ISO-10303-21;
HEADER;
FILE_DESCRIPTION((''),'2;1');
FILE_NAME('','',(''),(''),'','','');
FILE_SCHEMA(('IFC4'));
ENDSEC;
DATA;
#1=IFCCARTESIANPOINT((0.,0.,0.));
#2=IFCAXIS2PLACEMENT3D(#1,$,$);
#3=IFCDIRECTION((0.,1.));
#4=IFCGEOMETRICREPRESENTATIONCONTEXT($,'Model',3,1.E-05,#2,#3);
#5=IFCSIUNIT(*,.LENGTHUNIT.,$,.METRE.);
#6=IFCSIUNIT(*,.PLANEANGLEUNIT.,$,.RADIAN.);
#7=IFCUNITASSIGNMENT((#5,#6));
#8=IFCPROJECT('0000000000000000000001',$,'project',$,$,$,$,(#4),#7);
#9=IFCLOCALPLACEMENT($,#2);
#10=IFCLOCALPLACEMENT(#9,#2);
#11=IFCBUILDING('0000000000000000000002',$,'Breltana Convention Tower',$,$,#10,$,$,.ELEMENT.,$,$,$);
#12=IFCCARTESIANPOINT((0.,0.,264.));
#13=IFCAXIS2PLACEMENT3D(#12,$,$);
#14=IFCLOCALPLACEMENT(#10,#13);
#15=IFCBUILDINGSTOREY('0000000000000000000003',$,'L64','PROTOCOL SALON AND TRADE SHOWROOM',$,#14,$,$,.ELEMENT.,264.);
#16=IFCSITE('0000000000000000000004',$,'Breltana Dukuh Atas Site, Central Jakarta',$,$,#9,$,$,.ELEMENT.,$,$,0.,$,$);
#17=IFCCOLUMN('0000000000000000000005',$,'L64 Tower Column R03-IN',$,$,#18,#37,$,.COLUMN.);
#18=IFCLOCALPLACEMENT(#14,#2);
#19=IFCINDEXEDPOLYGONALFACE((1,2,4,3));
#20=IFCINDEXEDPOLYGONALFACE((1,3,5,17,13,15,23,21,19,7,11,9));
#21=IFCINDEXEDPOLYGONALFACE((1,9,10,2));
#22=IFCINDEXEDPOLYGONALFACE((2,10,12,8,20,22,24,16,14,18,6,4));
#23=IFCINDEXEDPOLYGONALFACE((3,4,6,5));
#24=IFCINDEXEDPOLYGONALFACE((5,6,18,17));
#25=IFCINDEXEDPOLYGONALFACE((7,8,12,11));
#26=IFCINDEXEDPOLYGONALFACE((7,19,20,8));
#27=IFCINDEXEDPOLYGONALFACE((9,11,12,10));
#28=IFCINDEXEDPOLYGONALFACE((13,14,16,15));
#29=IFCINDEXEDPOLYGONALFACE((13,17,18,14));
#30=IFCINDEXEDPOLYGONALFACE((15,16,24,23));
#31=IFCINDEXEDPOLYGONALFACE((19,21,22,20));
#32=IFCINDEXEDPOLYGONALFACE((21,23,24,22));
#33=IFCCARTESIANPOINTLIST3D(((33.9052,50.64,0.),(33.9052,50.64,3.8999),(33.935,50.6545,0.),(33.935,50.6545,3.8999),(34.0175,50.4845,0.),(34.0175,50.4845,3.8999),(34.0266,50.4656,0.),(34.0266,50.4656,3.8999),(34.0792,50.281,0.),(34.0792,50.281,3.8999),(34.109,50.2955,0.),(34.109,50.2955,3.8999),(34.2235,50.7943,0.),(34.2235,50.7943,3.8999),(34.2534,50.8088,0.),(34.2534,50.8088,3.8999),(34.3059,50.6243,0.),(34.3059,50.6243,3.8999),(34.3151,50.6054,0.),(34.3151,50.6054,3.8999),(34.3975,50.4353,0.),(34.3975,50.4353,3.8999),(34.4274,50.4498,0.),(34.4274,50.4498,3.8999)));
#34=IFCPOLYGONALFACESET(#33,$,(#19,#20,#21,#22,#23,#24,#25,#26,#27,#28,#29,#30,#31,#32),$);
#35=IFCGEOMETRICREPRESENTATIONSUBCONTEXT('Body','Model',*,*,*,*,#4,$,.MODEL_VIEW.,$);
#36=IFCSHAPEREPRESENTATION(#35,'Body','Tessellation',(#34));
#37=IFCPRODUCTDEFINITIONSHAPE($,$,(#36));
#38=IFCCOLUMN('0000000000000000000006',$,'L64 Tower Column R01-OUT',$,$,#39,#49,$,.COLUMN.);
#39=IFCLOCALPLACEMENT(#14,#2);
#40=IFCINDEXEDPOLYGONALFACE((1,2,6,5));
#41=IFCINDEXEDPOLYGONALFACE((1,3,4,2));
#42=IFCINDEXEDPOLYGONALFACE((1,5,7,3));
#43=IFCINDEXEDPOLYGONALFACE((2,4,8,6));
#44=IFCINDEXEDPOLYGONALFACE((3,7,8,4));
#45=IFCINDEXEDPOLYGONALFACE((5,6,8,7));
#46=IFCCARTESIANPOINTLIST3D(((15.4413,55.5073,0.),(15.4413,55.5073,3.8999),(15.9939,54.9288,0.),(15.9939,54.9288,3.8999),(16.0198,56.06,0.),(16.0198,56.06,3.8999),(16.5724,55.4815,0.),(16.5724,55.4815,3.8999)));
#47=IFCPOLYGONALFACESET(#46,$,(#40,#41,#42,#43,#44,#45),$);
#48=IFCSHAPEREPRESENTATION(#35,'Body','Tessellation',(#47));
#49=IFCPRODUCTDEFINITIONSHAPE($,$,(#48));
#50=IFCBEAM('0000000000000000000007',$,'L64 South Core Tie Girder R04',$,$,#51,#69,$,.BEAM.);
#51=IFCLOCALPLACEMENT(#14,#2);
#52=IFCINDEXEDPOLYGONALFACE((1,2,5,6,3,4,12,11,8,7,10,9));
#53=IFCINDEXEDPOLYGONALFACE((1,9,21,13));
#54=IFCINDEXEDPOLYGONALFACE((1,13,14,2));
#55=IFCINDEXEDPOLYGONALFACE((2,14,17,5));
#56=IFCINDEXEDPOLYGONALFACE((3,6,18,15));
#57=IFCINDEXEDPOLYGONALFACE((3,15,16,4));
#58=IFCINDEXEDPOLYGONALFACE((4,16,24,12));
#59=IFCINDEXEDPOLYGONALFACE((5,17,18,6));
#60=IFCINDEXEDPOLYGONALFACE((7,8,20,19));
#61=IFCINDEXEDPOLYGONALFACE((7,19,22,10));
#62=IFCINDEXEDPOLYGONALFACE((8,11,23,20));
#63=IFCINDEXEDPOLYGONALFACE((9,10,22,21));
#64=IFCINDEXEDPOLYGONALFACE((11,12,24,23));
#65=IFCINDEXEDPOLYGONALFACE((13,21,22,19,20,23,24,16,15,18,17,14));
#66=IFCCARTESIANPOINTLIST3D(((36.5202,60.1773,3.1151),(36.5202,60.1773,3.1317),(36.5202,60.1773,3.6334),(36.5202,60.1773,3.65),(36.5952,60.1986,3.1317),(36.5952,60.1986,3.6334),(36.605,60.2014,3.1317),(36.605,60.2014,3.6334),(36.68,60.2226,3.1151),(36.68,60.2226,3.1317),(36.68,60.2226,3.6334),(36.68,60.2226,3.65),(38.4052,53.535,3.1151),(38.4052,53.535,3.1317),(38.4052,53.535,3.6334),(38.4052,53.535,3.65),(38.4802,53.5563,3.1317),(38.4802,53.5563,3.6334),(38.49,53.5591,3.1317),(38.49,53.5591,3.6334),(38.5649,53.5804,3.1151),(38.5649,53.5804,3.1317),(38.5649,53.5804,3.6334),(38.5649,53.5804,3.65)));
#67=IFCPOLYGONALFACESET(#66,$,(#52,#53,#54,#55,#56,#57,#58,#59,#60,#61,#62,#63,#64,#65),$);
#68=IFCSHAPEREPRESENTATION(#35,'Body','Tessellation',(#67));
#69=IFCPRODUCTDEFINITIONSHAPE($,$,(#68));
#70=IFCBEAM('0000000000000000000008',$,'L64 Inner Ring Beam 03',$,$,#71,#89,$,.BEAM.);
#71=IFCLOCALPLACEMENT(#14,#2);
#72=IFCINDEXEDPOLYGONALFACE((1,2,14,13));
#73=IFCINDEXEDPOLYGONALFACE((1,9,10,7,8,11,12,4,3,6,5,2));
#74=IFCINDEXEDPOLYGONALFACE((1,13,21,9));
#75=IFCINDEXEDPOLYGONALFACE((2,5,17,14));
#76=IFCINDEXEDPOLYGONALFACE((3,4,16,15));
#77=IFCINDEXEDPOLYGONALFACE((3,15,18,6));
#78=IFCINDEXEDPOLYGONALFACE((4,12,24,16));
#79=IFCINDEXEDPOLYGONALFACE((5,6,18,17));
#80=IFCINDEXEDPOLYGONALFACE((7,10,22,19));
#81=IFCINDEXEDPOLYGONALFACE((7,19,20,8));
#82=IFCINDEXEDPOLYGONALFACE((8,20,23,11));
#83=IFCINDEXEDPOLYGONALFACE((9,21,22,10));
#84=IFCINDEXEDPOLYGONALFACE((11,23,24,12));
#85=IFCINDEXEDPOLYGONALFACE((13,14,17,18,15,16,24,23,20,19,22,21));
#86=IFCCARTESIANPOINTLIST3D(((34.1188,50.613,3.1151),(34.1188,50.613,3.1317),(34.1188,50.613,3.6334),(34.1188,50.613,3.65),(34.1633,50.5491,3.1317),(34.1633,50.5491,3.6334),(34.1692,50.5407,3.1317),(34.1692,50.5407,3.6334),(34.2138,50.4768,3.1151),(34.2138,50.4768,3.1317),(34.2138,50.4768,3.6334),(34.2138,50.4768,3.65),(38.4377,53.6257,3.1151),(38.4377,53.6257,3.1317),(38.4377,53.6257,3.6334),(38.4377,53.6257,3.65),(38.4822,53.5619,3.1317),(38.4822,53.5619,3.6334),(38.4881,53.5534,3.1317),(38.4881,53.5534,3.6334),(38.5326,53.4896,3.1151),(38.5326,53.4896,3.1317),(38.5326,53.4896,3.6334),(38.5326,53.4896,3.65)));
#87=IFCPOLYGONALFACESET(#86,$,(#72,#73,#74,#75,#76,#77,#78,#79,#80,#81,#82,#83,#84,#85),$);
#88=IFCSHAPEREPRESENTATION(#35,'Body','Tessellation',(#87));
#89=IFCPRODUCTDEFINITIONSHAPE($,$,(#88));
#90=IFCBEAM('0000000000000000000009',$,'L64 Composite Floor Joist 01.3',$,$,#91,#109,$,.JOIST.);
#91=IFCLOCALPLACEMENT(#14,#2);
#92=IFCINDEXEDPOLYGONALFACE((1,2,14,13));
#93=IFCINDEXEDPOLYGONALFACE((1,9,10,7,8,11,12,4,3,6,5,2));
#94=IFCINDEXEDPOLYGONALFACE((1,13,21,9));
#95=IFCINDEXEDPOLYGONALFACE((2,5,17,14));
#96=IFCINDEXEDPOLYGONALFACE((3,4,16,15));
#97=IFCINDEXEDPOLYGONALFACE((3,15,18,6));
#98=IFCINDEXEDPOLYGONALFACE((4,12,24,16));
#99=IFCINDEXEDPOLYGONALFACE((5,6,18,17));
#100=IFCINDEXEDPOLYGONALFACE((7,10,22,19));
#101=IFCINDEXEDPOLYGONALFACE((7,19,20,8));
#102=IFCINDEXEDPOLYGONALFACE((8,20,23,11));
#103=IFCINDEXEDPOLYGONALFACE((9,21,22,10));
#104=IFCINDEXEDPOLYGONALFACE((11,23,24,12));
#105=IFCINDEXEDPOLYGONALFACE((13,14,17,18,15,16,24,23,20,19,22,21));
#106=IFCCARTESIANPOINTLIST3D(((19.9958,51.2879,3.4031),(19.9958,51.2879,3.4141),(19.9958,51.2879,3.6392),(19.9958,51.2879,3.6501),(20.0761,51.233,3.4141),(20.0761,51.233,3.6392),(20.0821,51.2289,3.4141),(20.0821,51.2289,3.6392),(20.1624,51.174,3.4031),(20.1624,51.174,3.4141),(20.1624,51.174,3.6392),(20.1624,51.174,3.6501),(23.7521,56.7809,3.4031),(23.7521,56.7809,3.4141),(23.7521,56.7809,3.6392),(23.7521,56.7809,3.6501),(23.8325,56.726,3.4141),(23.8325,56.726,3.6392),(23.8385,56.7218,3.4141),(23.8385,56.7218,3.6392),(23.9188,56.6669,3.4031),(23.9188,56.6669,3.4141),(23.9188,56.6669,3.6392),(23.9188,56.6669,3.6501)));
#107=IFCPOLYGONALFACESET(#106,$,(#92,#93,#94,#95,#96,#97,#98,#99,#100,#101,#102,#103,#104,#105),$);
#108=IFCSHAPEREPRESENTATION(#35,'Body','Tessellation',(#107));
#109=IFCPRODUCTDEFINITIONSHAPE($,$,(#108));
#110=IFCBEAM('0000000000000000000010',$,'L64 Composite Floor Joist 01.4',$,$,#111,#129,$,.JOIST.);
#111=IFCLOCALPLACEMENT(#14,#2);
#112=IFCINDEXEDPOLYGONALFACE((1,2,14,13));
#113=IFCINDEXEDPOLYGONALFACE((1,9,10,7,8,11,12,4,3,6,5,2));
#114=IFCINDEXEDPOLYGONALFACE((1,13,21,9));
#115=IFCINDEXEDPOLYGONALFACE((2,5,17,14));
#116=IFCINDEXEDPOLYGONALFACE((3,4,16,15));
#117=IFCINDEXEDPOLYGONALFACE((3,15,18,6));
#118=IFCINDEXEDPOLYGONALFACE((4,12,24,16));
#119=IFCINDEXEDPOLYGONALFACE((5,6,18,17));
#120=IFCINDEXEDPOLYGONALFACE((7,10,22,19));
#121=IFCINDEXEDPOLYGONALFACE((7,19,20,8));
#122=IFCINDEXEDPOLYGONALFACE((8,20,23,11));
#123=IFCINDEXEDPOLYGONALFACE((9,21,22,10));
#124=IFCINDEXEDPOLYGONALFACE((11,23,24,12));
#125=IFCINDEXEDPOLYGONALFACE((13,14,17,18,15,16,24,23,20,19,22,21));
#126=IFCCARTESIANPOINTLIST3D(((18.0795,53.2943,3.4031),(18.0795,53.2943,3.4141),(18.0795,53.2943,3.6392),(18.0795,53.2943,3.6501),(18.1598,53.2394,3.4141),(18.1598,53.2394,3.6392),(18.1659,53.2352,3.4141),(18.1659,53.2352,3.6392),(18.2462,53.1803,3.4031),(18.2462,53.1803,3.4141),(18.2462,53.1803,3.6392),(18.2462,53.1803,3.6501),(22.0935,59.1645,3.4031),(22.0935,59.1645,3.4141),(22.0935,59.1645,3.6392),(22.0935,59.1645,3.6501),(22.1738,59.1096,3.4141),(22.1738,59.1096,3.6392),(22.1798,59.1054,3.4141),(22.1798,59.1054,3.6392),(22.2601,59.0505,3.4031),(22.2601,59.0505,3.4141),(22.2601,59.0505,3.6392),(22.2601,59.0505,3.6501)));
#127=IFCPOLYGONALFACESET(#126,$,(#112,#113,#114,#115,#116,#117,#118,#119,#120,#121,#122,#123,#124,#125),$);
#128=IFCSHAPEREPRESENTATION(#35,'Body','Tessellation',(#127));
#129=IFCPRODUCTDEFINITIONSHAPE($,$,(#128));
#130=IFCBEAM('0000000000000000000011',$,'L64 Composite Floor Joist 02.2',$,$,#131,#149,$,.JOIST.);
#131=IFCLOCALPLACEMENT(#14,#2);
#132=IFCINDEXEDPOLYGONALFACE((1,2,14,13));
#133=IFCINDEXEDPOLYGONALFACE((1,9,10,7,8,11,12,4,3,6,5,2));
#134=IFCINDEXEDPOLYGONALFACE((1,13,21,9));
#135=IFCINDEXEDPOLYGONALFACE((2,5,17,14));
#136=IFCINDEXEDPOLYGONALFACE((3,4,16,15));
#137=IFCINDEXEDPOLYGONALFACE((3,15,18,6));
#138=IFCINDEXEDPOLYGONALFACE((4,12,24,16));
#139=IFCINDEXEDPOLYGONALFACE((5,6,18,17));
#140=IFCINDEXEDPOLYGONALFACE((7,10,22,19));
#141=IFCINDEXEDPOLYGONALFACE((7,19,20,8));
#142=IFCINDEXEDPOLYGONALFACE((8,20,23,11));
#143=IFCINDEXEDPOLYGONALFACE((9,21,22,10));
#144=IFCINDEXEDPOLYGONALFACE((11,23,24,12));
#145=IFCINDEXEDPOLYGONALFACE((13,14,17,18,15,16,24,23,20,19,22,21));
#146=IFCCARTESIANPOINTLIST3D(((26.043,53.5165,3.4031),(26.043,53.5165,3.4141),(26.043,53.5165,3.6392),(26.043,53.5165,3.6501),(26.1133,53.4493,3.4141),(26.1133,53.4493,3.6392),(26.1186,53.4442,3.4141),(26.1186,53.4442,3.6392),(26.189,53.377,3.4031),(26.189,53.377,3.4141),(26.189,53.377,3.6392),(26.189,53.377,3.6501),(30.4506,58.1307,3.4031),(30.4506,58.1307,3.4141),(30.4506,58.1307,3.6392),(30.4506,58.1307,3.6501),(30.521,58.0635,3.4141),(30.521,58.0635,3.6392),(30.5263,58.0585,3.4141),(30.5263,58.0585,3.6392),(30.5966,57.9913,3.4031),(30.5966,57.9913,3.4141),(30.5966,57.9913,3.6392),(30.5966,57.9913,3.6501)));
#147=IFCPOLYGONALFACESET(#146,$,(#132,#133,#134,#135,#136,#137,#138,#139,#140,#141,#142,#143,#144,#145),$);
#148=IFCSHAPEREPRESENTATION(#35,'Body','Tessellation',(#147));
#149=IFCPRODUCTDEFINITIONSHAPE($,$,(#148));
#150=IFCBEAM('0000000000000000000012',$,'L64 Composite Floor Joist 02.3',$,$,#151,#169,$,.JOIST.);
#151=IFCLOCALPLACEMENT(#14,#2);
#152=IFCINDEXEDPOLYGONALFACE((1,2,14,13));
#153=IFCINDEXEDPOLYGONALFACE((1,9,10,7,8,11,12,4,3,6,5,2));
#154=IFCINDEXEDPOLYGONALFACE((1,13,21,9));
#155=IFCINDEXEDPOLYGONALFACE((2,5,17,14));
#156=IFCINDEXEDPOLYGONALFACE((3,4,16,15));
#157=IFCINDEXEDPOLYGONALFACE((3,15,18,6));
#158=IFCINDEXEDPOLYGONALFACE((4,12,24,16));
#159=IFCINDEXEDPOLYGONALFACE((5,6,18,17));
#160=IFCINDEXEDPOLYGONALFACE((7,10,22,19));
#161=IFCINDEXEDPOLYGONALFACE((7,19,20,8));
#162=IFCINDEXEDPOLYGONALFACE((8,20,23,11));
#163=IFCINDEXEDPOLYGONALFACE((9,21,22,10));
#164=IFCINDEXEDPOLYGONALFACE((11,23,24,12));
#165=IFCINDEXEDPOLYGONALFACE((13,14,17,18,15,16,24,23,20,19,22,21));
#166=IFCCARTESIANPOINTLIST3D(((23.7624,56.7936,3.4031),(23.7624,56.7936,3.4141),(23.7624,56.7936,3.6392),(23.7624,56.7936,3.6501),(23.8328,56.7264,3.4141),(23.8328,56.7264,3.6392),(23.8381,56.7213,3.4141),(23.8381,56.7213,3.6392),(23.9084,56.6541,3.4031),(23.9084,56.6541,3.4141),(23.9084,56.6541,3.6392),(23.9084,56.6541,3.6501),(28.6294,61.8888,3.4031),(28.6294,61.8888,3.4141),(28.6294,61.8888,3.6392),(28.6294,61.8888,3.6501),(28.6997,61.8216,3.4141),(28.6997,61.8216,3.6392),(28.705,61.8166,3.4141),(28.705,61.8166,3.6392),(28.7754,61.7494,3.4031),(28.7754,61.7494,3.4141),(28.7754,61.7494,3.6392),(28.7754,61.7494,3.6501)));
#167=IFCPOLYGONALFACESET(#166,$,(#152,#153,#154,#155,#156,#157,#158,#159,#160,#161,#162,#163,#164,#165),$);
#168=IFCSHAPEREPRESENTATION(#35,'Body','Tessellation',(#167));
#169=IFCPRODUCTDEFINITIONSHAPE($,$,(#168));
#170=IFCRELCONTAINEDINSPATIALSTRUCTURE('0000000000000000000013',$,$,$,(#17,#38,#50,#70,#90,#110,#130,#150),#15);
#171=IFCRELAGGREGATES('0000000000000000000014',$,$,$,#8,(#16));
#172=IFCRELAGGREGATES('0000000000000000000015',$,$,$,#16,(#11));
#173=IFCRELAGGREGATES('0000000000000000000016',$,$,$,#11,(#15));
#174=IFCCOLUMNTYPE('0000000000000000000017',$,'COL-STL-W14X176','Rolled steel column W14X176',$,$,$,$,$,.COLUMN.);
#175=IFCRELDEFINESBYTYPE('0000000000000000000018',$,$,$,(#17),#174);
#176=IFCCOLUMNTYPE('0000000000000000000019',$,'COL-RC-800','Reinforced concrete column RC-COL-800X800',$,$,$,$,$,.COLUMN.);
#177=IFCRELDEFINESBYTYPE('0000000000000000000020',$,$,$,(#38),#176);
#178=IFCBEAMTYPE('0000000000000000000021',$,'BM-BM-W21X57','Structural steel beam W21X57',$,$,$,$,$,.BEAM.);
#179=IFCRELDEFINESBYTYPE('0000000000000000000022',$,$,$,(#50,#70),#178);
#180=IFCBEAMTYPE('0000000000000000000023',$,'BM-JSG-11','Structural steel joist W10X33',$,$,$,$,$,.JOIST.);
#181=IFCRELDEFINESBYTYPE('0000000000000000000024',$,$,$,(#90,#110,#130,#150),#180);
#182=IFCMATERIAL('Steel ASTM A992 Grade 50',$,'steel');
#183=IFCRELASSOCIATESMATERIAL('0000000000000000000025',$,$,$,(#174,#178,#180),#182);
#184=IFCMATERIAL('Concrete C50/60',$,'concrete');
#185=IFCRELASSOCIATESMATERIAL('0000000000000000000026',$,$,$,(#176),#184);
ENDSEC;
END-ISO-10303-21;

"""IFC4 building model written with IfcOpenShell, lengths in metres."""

from ifc_helpers import new_model, si_unit, direction, frame, origin, origin_2d, place, context, subcontext, project, spatial, rectangle, i_section, extrude, source, transform, mapped, material, material_profile, profile_set, type_object, type_shapes, element, save


model = new_model("IFC4")

# Units and contexts
model_context = context("Model", 3, precision=1e-05, world=origin(), true_north=direction((0.0, 1.0)))
body_context = subcontext(model_context, "Body", "Model", "MODEL_VIEW")
ifc_project = project(units=[si_unit("LENGTHUNIT", "METRE"), si_unit("PLANEANGLEUNIT", "RADIAN")], contexts=[model_context])

# Site, building, storey
site_placement = place(None, origin())
site = spatial("IfcSite", under=ifc_project, at=site_placement, Name="Breltana Dukuh Atas Site, Central Jakarta", CompositionType="ELEMENT", RefElevation=0.0)
building_placement = place(site_placement, origin())
building = spatial("IfcBuilding", under=site, at=building_placement, Name="Breltana Convention Tower", CompositionType="ELEMENT")
storey_placement = place(building_placement, frame((0.0, 0.0, 264.0)))
storey = spatial("IfcBuildingStorey", under=building, at=storey_placement, Name="L64", Description="PROTOCOL SALON AND TRADE SHOWROOM", CompositionType="ELEMENT", Elevation=264.0)

# Columns
ifc_material_1 = material(Name="Steel ASTM A992 Grade 50", Category="steel")
ifc_material_profile_1 = material_profile(ifc_material_1, i_section(OverallWidth=0.3989, OverallDepth=0.387, WebThickness=0.021, FlangeThickness=0.0332, at=origin_2d()), Name="W14X176")
ifc_profile_set_1 = profile_set([ifc_material_profile_1], Name="Steel ASTM A992 Grade 50")
column_type_1 = type_object("IfcColumnType", Name="COL-STL-W14X176", Description="Rolled steel column W14X176", PredefinedType="COLUMN", material=ifc_profile_set_1)
shared_shape_1 = source(origin(), body_context, "Body", "SweptSolid", [
    extrude(i_section(OverallWidth=0.3989, OverallDepth=0.387, WebThickness=0.021, FlangeThickness=0.0332, at=origin_2d()), origin(), (0.0, 0.0, 1.0), 3.8999),
])
type_shapes(column_type_1, [shared_shape_1])
column_1_placement = place(storey_placement, frame((34.1663, 50.5449, 0.0), z_axis=(0.0, 0.0, 1.0), x_axis=(-0.436174, 0.899863, 0.0)))
element("IfcColumn", 1, at=column_1_placement, inside=storey, type_object=column_type_1, Name="L64 Tower Column R03-IN", PredefinedType="COLUMN", context=body_context, shape_type="MappedRepresentation", body=[
    mapped(shared_shape_1, transform((0.0, 0.0, 0.0), scale=1.0)),
])
ifc_material_2 = material(Name="Concrete C50/60", Category="concrete")
ifc_material_profile_2 = material_profile(ifc_material_2, rectangle(XDim=0.8, YDim=0.8, at=origin_2d()), Name="RC-COL-800X800")
ifc_profile_set_2 = profile_set([ifc_material_profile_2], Name="Concrete C50/60")
column_type_2 = type_object("IfcColumnType", Name="COL-RC-800", Description="Reinforced concrete column RC-COL-800X800", PredefinedType="COLUMN", material=ifc_profile_set_2)
shared_shape_2 = source(origin(), body_context, "Body", "SweptSolid", [
    extrude(rectangle(XDim=0.8, YDim=0.8, at=origin_2d()), origin(), (0.0, 0.0, 1.0), 3.8999),
])
column_2_placement = place(storey_placement, frame((16.0068, 55.4944, 0.0), z_axis=(0.0, 0.0, 1.0), x_axis=(-0.690756, 0.723088, 0.0)))
element("IfcColumn", 2, at=column_2_placement, inside=storey, type_object=column_type_2, Name="L64 Tower Column R01-OUT", PredefinedType="COLUMN", context=body_context, shape_type="MappedRepresentation", body=[
    mapped(shared_shape_2, transform((0.0, 0.0, 0.0), scale=1.0)),
])

# Beams
ifc_material_profile_3 = material_profile(ifc_material_1, i_section(OverallWidth=0.166, OverallDepth=0.5349, WebThickness=0.0103, FlangeThickness=0.0166, at=origin_2d()), Name="W21X57")
ifc_profile_set_3 = profile_set([ifc_material_profile_3], Name="Steel ASTM A992 Grade 50")
beam_type_1 = type_object("IfcBeamType", Name="BM-BM-W21X57", Description="Structural steel beam W21X57", PredefinedType="BEAM", material=ifc_profile_set_3)
shared_shape_3 = source(origin(), body_context, "Body", "SweptSolid", [
    extrude(i_section(OverallWidth=0.166, OverallDepth=0.5349, WebThickness=0.0103, FlangeThickness=0.0166, at=origin_2d()), origin(), (0.0, 0.0, 1.0), 6.9045),
])
type_shapes(beam_type_1, [shared_shape_3])
beam_1_placement = place(storey_placement, frame((36.6001, 60.2, 3.3826), z_axis=(0.273007, -0.962012, 0.0), x_axis=(0.962012, 0.273007, 0.0)))
element("IfcBeam", 3, at=beam_1_placement, inside=storey, type_object=beam_type_1, Name="L64 South Core Tie Girder R04", PredefinedType="BEAM", context=body_context, shape_type="MappedRepresentation", body=[
    mapped(shared_shape_3, transform((0.0, 0.0, 0.0), scale=1.0)),
])
shared_shape_4 = source(origin(), body_context, "Body", "SweptSolid", [
    extrude(i_section(OverallWidth=0.166, OverallDepth=0.5349, WebThickness=0.0103, FlangeThickness=0.0166, at=origin_2d()), origin(), (0.0, 0.0, 1.0), 5.2659),
])
beam_2_placement = place(storey_placement, frame((34.1663, 50.5449, 3.3826), z_axis=(0.820167, 0.572124, 0.0), x_axis=(-0.572124, 0.820167, 0.0)))
element("IfcBeam", 4, at=beam_2_placement, inside=storey, type_object=beam_type_1, Name="L64 Inner Ring Beam 03", PredefinedType="BEAM", context=body_context, shape_type="MappedRepresentation", body=[
    mapped(shared_shape_4, transform((0.0, 0.0, 0.0), scale=1.0)),
])
ifc_material_profile_4 = material_profile(ifc_material_1, i_section(OverallWidth=0.2019, OverallDepth=0.2471, WebThickness=0.0073, FlangeThickness=0.011, at=origin_2d()), Name="W10X33")
ifc_profile_set_4 = profile_set([ifc_material_profile_4], Name="Steel ASTM A992 Grade 50")
beam_type_2 = type_object("IfcBeamType", Name="BM-JSG-11", Description="Structural steel joist W10X33", PredefinedType="JOIST", material=ifc_profile_set_4)
shared_shape_5 = source(origin(), body_context, "Body", "SweptSolid", [
    extrude(i_section(OverallWidth=0.2019, OverallDepth=0.2471, WebThickness=0.0073, FlangeThickness=0.011, at=origin_2d()), origin(), (0.0, 0.0, 1.0), 6.6545),
])
beam_3_placement = place(storey_placement, frame((20.0791, 51.231, 3.5266), z_axis=(0.564483, 0.825445, 0.0), x_axis=(-0.825445, 0.564483, 0.0)))
element("IfcBeam", 5, at=beam_3_placement, inside=storey, type_object=beam_type_2, Name="L64 Composite Floor Joist 01.3", PredefinedType="JOIST", context=body_context, shape_type="MappedRepresentation", body=[
    mapped(shared_shape_5, transform((0.0, 0.0, 0.0), scale=1.0)),
])
shared_shape_6 = source(origin(), body_context, "Body", "SweptSolid", [
    extrude(i_section(OverallWidth=0.2019, OverallDepth=0.2471, WebThickness=0.0073, FlangeThickness=0.011, at=origin_2d()), origin(), (0.0, 0.0, 1.0), 7.1113),
])
beam_4_placement = place(storey_placement, frame((18.1628, 53.2373, 3.5266), z_axis=(0.564446, 0.82547, 0.0), x_axis=(-0.82547, 0.564446, 0.0)))
element("IfcBeam", 6, at=beam_4_placement, inside=storey, type_object=beam_type_2, Name="L64 Composite Floor Joist 01.4", PredefinedType="JOIST", context=body_context, shape_type="MappedRepresentation", body=[
    mapped(shared_shape_6, transform((0.0, 0.0, 0.0), scale=1.0)),
])
shared_shape_7 = source(origin(), body_context, "Body", "SweptSolid", [
    extrude(i_section(OverallWidth=0.2019, OverallDepth=0.2471, WebThickness=0.0073, FlangeThickness=0.011, at=origin_2d()), origin(), (0.0, 0.0, 1.0), 6.3811),
])
beam_5_placement = place(storey_placement, frame((26.116, 53.4468, 3.5266), z_axis=(0.690738, 0.723105, 0.0), x_axis=(-0.723105, 0.690738, 0.0)))
element("IfcBeam", 7, at=beam_5_placement, inside=storey, type_object=beam_type_2, Name="L64 Composite Floor Joist 02.2", PredefinedType="JOIST", context=body_context, shape_type="MappedRepresentation", body=[
    mapped(shared_shape_7, transform((0.0, 0.0, 0.0), scale=1.0)),
])
shared_shape_8 = source(origin(), body_context, "Body", "SweptSolid", [
    extrude(i_section(OverallWidth=0.2019, OverallDepth=0.2471, WebThickness=0.0073, FlangeThickness=0.011, at=origin_2d()), origin(), (0.0, 0.0, 1.0), 7.0461),
])
beam_6_placement = place(storey_placement, frame((23.8354, 56.7239, 3.5266), z_axis=(0.690723, 0.72312, 0.0), x_axis=(-0.72312, 0.690723, 0.0)))
element("IfcBeam", 8, at=beam_6_placement, inside=storey, type_object=beam_type_2, Name="L64 Composite Floor Joist 02.3", PredefinedType="JOIST", context=body_context, shape_type="MappedRepresentation", body=[
    mapped(shared_shape_8, transform((0.0, 0.0, 0.0), scale=1.0)),
])

save(model, "model.ifc")
